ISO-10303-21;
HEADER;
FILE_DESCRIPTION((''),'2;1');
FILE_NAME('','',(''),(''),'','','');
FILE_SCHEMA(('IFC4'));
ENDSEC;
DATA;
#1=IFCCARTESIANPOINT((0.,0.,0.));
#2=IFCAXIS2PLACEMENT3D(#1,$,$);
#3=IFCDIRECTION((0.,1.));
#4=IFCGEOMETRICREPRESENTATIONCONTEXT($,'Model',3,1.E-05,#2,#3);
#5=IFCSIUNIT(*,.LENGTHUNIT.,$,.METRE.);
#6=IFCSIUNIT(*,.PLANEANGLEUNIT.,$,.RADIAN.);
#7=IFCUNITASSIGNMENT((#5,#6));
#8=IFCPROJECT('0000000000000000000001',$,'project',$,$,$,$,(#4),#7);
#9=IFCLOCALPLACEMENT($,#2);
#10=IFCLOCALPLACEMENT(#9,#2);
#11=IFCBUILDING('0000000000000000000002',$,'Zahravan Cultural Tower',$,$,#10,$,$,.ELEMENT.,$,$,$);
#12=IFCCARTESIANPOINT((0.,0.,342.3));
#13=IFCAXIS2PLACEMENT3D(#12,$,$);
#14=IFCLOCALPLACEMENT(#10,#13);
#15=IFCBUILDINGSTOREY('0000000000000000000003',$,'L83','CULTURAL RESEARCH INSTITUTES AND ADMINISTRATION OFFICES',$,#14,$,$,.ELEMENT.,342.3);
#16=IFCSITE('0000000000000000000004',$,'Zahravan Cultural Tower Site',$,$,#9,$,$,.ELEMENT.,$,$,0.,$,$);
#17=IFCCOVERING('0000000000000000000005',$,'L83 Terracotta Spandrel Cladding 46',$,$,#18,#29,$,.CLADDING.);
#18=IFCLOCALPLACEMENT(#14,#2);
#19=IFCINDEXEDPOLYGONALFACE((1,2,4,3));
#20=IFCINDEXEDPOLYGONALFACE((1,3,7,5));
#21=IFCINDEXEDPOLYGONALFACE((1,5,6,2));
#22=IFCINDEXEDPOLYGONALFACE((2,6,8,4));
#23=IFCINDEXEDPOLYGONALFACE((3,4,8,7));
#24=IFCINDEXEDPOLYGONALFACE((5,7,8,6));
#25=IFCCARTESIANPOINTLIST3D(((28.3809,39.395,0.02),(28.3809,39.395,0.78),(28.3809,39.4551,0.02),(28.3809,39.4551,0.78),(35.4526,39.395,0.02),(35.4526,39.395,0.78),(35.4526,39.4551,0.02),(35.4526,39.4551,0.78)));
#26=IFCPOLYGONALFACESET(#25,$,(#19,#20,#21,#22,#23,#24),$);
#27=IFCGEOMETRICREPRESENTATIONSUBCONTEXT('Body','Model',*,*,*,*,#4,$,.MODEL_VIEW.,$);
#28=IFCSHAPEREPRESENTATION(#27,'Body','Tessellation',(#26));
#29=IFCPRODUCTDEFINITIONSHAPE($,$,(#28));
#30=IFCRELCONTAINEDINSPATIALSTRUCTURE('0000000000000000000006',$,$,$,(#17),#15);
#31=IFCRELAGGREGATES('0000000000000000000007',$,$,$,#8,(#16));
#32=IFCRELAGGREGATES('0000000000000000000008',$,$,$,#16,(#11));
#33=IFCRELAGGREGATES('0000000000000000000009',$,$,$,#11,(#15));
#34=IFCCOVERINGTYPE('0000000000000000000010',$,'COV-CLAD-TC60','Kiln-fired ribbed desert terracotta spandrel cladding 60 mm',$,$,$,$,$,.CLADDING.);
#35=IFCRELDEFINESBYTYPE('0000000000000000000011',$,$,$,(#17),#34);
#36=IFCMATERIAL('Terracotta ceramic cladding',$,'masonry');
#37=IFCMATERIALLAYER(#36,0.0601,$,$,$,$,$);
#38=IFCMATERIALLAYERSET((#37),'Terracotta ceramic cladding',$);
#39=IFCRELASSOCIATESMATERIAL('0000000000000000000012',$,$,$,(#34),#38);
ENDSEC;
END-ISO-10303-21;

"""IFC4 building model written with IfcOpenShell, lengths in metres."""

from ifc_helpers import new_model, si_unit, direction, frame, origin, origin_2d, place, context, subcontext, project, spatial, rectangle, extrude, source, transform, mapped, material, layer, layer_set, type_object, element, save


model = new_model("IFC4")

# Units and contexts
model_context = context("Model", 3, precision=1e-05, world=origin(), true_north=direction((0.0, 1.0)))
body_context = subcontext(model_context, "Body", "Model", "MODEL_VIEW")
ifc_project = project(units=[si_unit("LENGTHUNIT", "METRE"), si_unit("PLANEANGLEUNIT", "RADIAN")], contexts=[model_context])

# Site, building, storey
site_placement = place(None, origin())
site = spatial("IfcSite", under=ifc_project, at=site_placement, Name="Zahravan Cultural Tower Site", CompositionType="ELEMENT", RefElevation=0.0)
building_placement = place(site_placement, origin())
building = spatial("IfcBuilding", under=site, at=building_placement, Name="Zahravan Cultural Tower", CompositionType="ELEMENT")
storey_placement = place(building_placement, frame((0.0, 0.0, 342.3)))
storey = spatial("IfcBuildingStorey", under=building, at=storey_placement, Name="L83", Description="CULTURAL RESEARCH INSTITUTES AND ADMINISTRATION OFFICES", CompositionType="ELEMENT", Elevation=342.3)

# Covering
ifc_material_1 = material(Name="Terracotta ceramic cladding", Category="masonry")
ifc_layer_1 = layer(ifc_material_1, 0.0601)
ifc_layer_set_1 = layer_set([ifc_layer_1], Name="Terracotta ceramic cladding")
covering_type = type_object("IfcCoveringType", Name="COV-CLAD-TC60", Description="Kiln-fired ribbed desert terracotta spandrel cladding 60 mm", PredefinedType="CLADDING", material=ifc_layer_set_1)
shared_shape_1 = source(origin(), body_context, "Body", "SweptSolid", [
    extrude(rectangle(XDim=7.0718, YDim=0.0601, at=origin_2d()), origin(), (0.0, 0.0, 1.0), 0.76),
])
covering_1_placement = place(storey_placement, frame((31.9167, 39.425, 0.02), z_axis=(0.0, 0.0, 1.0), x_axis=(1.0, 0.0, 0.0)))
element("IfcCovering", 1, at=covering_1_placement, inside=storey, type_object=covering_type, Name="L83 Terracotta Spandrel Cladding 46", PredefinedType="CLADDING", context=body_context, shape_type="MappedRepresentation", body=[
    mapped(shared_shape_1, transform((0.0, 0.0, 0.0), x_axis=(1.0, 0.0, 0.0), y_axis=(0.0, 1.0, 0.0), z_axis=(0.0, 0.0, 1.0), scale=1.0)),
])

save(model, "model.ifc")
